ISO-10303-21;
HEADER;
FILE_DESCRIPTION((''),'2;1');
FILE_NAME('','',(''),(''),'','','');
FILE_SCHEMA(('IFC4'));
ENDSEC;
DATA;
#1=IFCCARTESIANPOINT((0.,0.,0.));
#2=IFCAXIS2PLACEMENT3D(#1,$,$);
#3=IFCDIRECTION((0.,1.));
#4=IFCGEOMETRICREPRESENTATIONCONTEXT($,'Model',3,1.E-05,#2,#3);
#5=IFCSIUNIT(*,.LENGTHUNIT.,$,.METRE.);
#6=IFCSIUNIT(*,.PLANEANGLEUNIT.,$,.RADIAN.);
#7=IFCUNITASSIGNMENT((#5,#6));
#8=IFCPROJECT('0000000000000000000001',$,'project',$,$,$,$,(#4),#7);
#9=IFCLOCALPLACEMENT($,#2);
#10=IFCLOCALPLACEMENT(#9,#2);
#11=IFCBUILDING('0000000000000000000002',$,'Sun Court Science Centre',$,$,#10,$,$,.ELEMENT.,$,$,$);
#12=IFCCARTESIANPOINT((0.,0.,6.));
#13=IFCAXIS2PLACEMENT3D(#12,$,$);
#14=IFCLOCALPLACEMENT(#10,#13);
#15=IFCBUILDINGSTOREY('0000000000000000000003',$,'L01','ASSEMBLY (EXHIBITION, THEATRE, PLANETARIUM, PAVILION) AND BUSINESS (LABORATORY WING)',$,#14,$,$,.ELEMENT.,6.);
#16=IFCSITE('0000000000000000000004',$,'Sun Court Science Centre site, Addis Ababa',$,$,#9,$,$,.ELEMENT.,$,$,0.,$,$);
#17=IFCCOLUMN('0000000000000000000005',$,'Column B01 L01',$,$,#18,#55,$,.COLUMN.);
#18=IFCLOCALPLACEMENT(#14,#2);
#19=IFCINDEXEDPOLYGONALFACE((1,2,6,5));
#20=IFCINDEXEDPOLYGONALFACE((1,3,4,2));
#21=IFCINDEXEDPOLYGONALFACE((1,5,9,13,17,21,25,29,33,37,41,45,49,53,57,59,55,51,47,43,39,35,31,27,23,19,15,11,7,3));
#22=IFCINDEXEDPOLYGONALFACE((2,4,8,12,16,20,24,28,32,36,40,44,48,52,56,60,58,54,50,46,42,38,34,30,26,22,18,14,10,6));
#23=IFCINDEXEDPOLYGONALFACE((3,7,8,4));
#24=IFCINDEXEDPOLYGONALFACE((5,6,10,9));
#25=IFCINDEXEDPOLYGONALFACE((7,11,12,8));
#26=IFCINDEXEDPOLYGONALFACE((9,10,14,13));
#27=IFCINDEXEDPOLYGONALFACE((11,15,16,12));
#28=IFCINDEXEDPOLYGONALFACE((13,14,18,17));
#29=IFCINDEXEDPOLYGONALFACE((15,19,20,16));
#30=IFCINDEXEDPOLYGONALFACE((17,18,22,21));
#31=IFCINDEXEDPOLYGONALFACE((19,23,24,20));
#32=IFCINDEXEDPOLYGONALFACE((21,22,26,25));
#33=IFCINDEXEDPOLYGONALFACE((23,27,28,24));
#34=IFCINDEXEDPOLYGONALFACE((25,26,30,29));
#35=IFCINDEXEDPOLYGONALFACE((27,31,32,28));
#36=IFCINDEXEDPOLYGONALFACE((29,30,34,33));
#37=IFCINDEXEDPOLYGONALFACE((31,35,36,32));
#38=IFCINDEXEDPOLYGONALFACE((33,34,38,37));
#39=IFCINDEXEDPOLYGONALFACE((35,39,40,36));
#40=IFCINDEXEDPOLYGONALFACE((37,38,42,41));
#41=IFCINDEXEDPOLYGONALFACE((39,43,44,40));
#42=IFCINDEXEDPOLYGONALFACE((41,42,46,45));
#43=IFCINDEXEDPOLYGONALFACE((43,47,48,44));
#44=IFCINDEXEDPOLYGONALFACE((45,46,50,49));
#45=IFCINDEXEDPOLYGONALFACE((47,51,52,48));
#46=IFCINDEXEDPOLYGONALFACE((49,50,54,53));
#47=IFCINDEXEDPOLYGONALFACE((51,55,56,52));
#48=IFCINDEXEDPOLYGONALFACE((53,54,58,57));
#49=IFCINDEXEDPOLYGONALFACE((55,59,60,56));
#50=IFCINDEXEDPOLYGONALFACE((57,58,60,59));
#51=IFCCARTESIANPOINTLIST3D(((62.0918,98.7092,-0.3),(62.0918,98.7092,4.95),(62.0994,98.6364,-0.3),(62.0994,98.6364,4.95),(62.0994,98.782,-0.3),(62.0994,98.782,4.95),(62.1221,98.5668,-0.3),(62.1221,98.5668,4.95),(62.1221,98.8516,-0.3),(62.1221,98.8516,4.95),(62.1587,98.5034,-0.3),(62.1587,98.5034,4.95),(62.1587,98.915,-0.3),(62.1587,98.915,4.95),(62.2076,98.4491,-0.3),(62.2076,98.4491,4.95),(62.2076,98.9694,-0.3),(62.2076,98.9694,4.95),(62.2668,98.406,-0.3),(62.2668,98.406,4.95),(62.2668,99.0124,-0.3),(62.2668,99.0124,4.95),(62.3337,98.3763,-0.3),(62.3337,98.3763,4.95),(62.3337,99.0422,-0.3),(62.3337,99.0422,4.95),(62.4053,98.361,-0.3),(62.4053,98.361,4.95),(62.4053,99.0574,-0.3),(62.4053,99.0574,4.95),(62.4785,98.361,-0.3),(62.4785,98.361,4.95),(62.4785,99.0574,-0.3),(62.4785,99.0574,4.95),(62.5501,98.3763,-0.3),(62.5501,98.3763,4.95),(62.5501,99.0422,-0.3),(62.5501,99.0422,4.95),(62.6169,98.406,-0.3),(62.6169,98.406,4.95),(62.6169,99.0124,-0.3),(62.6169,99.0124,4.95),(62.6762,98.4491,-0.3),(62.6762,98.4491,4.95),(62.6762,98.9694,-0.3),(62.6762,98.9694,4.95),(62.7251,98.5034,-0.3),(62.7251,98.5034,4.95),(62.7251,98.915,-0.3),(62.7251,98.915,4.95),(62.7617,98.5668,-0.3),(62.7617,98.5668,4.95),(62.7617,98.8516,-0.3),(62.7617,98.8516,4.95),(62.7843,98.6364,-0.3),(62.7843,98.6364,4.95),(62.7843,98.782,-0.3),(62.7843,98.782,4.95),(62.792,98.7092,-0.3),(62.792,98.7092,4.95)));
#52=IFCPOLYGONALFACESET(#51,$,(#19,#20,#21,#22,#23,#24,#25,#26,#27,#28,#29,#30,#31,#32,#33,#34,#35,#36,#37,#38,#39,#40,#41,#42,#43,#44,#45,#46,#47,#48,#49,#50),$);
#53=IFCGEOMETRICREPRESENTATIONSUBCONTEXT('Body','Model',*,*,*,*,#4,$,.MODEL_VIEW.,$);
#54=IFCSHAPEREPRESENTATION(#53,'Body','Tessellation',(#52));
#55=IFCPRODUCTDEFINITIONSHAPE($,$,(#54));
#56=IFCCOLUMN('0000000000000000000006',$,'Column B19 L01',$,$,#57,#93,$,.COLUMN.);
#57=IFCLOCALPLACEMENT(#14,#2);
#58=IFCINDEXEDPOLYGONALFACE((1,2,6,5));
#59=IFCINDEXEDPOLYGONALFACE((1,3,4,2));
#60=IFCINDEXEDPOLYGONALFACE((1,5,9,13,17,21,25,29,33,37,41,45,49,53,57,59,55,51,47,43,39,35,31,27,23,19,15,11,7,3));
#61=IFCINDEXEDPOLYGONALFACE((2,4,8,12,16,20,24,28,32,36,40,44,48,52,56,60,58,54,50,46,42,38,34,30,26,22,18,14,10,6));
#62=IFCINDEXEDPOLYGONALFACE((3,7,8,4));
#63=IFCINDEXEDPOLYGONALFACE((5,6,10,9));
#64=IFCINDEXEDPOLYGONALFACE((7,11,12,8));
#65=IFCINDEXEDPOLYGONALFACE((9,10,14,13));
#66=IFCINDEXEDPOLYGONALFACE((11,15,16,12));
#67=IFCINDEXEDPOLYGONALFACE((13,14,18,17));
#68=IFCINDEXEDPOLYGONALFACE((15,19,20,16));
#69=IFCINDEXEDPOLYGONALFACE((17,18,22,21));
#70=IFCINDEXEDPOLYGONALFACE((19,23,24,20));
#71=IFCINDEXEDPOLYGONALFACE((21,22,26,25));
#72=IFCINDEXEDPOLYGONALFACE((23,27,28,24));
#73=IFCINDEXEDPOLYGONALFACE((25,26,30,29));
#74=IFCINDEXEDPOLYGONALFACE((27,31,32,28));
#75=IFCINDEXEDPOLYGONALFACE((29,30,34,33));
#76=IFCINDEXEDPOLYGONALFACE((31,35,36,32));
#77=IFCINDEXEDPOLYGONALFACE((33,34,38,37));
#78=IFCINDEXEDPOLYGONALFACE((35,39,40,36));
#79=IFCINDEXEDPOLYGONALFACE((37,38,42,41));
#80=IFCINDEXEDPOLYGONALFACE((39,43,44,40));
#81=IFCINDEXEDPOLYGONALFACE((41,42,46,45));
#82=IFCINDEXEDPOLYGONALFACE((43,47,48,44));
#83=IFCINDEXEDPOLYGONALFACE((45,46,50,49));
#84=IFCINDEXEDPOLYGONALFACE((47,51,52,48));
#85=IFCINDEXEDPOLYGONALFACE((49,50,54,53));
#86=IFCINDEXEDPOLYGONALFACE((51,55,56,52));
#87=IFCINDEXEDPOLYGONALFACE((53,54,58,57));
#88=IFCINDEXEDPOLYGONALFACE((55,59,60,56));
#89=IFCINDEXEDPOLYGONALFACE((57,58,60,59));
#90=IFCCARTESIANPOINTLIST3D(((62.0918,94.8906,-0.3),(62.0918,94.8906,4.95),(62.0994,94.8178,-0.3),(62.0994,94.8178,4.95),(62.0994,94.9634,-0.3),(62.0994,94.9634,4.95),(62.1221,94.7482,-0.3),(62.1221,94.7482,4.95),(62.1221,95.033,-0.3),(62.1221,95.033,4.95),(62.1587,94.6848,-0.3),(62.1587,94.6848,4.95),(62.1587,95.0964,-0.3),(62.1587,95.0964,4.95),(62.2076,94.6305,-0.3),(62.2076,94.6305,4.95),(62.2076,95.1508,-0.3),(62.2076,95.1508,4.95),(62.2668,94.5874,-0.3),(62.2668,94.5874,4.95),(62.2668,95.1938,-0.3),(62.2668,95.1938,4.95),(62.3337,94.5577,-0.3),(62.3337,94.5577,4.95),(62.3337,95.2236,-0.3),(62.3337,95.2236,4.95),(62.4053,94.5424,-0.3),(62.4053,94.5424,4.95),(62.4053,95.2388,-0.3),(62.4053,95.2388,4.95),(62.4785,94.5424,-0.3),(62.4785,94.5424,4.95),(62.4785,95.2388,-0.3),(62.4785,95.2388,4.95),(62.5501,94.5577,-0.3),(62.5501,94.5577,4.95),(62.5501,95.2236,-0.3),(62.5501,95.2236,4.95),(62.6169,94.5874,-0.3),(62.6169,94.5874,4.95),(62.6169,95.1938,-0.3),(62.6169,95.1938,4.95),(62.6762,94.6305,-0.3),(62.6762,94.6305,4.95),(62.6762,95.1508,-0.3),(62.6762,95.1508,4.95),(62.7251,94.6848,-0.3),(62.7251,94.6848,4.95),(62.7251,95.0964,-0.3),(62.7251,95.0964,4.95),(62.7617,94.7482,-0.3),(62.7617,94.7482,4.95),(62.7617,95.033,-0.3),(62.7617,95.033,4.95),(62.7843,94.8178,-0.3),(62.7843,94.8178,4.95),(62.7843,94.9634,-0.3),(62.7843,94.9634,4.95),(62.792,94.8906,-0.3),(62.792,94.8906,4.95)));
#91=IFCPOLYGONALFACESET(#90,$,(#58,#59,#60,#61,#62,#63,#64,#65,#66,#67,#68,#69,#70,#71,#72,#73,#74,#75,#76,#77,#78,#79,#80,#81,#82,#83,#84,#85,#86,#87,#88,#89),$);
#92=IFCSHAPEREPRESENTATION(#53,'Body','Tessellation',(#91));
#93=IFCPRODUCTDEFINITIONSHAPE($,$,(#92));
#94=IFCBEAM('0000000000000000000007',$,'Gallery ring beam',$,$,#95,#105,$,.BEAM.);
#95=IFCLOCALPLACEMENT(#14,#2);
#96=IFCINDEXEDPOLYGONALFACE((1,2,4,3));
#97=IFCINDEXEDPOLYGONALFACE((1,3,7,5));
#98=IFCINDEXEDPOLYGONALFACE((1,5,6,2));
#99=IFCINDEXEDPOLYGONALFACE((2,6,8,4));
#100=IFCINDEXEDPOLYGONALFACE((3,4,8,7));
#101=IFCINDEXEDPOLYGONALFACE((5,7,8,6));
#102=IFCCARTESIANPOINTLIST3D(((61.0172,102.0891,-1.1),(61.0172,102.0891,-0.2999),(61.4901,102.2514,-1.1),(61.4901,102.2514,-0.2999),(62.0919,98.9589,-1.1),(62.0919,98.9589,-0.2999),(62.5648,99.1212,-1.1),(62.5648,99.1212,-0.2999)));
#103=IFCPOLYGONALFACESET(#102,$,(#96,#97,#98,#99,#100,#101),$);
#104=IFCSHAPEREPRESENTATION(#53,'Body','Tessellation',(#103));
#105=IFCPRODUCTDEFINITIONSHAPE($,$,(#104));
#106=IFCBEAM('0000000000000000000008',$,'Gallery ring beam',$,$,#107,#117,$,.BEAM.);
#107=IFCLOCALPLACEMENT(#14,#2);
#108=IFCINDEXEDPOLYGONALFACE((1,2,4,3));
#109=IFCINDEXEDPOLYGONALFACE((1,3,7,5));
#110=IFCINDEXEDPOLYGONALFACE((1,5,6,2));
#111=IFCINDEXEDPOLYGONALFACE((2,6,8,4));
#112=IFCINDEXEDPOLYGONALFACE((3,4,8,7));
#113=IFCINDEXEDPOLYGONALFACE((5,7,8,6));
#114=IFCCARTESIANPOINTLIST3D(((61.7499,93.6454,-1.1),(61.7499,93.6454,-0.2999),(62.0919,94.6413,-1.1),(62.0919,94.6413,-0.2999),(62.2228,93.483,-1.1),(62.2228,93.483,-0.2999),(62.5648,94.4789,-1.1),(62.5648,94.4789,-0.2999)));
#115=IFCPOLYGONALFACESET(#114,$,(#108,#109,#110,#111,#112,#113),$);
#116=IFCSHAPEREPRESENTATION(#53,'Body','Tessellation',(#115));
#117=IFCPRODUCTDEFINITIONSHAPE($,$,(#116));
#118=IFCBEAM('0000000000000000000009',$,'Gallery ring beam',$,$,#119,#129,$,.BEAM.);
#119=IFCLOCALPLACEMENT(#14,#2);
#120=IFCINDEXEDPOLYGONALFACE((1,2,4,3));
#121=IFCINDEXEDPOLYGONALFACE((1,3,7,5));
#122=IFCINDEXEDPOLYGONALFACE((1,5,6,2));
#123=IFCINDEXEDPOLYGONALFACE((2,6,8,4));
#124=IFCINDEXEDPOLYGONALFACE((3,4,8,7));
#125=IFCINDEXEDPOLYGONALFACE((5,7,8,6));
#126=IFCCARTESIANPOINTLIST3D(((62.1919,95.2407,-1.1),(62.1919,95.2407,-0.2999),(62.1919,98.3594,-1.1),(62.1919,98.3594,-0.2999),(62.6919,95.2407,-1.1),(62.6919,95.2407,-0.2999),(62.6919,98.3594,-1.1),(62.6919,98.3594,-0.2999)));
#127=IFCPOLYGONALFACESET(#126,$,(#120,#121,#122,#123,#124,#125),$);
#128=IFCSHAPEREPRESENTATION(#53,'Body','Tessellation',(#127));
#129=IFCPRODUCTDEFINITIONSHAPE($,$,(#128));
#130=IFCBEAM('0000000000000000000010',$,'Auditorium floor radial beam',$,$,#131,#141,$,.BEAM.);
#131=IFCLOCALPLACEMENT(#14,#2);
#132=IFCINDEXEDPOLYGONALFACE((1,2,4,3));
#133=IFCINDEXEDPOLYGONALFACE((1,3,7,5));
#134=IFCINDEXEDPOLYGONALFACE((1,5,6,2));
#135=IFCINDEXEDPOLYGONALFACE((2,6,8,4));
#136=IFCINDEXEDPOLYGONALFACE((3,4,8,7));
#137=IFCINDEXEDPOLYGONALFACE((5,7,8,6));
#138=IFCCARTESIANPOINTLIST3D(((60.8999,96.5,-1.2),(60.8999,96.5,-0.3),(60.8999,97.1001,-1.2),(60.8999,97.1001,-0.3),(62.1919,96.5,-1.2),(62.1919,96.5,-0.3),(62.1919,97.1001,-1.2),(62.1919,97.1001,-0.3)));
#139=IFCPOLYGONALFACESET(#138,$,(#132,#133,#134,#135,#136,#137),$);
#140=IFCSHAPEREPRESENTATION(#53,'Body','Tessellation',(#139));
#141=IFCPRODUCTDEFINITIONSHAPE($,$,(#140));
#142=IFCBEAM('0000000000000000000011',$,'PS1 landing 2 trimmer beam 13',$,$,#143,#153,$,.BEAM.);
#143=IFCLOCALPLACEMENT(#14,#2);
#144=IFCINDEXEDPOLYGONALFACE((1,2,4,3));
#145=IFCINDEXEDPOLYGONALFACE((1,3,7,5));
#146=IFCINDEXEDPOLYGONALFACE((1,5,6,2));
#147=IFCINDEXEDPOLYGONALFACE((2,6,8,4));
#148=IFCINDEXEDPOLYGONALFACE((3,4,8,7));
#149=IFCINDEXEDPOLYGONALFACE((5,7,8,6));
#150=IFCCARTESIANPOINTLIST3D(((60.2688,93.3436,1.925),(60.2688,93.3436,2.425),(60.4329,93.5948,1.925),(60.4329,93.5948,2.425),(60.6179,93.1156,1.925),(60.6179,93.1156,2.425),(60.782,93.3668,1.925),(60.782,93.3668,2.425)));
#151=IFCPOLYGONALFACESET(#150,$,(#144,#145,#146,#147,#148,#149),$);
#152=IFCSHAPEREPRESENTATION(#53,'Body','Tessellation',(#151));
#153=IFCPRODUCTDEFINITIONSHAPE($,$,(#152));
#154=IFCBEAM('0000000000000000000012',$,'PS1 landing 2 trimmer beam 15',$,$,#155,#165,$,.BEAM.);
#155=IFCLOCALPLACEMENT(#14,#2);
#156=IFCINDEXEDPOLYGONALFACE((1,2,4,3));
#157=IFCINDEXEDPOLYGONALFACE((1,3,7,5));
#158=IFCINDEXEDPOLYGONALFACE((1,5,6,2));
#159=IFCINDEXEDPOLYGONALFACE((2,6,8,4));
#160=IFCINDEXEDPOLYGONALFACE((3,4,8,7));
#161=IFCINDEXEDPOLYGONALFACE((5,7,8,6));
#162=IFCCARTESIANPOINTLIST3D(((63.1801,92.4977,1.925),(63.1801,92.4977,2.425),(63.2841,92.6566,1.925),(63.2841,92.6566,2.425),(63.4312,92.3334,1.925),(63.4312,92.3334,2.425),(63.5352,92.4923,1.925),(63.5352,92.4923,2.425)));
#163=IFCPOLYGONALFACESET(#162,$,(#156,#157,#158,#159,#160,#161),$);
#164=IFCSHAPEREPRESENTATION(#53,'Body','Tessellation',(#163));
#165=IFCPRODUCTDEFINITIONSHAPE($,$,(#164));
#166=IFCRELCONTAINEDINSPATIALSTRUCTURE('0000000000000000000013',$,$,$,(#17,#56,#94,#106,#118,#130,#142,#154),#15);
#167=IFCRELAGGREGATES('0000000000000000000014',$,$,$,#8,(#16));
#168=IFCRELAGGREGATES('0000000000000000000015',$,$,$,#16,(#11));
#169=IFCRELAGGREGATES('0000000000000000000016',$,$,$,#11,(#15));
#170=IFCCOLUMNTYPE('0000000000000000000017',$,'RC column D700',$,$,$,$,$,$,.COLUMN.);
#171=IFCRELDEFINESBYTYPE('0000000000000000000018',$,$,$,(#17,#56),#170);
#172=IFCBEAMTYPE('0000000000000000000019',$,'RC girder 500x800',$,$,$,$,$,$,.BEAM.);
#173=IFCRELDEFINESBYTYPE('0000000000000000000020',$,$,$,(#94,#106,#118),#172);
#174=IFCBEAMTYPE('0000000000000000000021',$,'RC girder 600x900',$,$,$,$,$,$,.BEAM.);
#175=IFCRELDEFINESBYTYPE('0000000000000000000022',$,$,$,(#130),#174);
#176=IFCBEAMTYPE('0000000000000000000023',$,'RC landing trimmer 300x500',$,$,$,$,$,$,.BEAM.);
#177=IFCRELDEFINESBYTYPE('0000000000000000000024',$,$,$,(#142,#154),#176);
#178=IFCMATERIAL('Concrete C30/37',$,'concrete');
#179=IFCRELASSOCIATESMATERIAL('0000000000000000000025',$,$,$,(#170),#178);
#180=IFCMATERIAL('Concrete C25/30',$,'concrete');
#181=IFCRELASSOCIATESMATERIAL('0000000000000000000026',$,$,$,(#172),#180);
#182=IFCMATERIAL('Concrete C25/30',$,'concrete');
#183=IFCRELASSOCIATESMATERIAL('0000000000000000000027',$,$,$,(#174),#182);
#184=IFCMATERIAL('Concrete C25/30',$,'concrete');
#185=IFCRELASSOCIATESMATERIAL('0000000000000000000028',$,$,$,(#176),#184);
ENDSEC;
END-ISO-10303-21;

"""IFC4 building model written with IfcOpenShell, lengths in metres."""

from ifc_helpers import new_model, si_unit, direction, frame, origin, origin_2d, place, context, subcontext, project, spatial, rectangle, circle, extrude, material, material_profile, profile_set, type_object, element, save


model = new_model("IFC4")

# Units and contexts
model_context = context("Model", 3, precision=1e-05, world=origin(), true_north=direction((0.0, 1.0)))
body_context = subcontext(model_context, "Body", "Model", "MODEL_VIEW")
ifc_project = project(units=[si_unit("LENGTHUNIT", "METRE"), si_unit("PLANEANGLEUNIT", "RADIAN")], contexts=[model_context])

# Site, building, storey
site_placement = place(None, origin())
site = spatial("IfcSite", under=ifc_project, at=site_placement, Name="Sun Court Science Centre site, Addis Ababa", CompositionType="ELEMENT", RefElevation=0.0)
building_placement = place(site_placement, origin())
building = spatial("IfcBuilding", under=site, at=building_placement, Name="Sun Court Science Centre", CompositionType="ELEMENT")
storey_placement = place(building_placement, frame((0.0, 0.0, 6.0)))
storey = spatial("IfcBuildingStorey", under=building, at=storey_placement, Name="L01", Description="ASSEMBLY (EXHIBITION, THEATRE, PLANETARIUM, PAVILION) AND BUSINESS (LABORATORY WING)", CompositionType="ELEMENT", Elevation=6.0)

# Columns
ifc_material_1 = material(Name="Concrete C30/37", Category="concrete")
ifc_material_profile_1 = material_profile(ifc_material_1, circle(Radius=0.3501, at=origin_2d()), Name="RC D700")
ifc_profile_set_1 = profile_set([ifc_material_profile_1], Name="Concrete C30/37")
column_type = type_object("IfcColumnType", Name="RC column D700", PredefinedType="COLUMN", material=ifc_profile_set_1)
for number, where, z_axis, x_axis, name in (
    (1, (62.4419, 98.7092, -0.3), (0.0, 0.0, 1.0), (1.0, 0.0, 0.0), "Column B01 L01"),
    (2, (62.4419, 94.8906, -0.3), (0.0, 0.0, 1.0), (1.0, 0.0, 0.0), "Column B19 L01"),
):
    element("IfcColumn", number, at=place(storey_placement, frame(where, z_axis=z_axis, x_axis=x_axis)), inside=storey, type_object=column_type, Name=name, PredefinedType="COLUMN", context=body_context, shape_type="SweptSolid", body=[
        extrude(circle(Radius=0.3501, at=origin_2d()), origin(), (0.0, 0.0, 1.0), 5.25),
    ])

# Beams
ifc_material_2 = material(Name="Concrete C25/30", Category="concrete")
ifc_material_profile_2 = material_profile(ifc_material_2, rectangle(XDim=0.5, YDim=0.8, at=origin_2d()), Name="RC 500x800")
ifc_profile_set_2 = profile_set([ifc_material_profile_2], Name="Concrete C25/30")
beam_type_1 = type_object("IfcBeamType", Name="RC girder 500x800", PredefinedType="BEAM", material=ifc_profile_set_2)
beam_1_placement = place(storey_placement, frame((62.3284, 99.04, -0.7), z_axis=(-0.324735, 0.945805, 0.0), x_axis=(-0.945805, -0.324735, 0.0)))
element("IfcBeam", 3, at=beam_1_placement, inside=storey, type_object=beam_type_1, Name="Gallery ring beam", PredefinedType="BEAM", context=body_context, shape_type="SweptSolid", body=[
    extrude(rectangle(XDim=0.5, YDim=0.8, at=origin_2d()), origin(), (0.0, 0.0, 1.0), 3.3096),
])
beam_2_placement = place(storey_placement, frame((61.9863, 93.5642, -0.7), z_axis=(0.32484, 0.945769, 0.0), x_axis=(-0.945769, 0.32484, 0.0)))
element("IfcBeam", 4, at=beam_2_placement, inside=storey, type_object=beam_type_1, Name="Gallery ring beam", PredefinedType="BEAM", context=body_context, shape_type="SweptSolid", body=[
    extrude(rectangle(XDim=0.5, YDim=0.8, at=origin_2d()), origin(), (0.0, 0.0, 1.0), 1.053),
])
beam_3_placement = place(storey_placement, frame((62.4419, 95.2407, -0.7), z_axis=(0.0, 1.0, 0.0), x_axis=(-1.0, 0.0, 0.0)))
element("IfcBeam", 5, at=beam_3_placement, inside=storey, type_object=beam_type_1, Name="Gallery ring beam", PredefinedType="BEAM", context=body_context, shape_type="SweptSolid", body=[
    extrude(rectangle(XDim=0.5, YDim=0.8, at=origin_2d()), origin(), (0.0, 0.0, 1.0), 3.1187),
])
ifc_material_3 = material(Name="Concrete C25/30", Category="concrete")
ifc_material_profile_3 = material_profile(ifc_material_3, rectangle(XDim=0.6001, YDim=0.8999, at=origin_2d()), Name="RC 600x900")
ifc_profile_set_3 = profile_set([ifc_material_profile_3], Name="Concrete C25/30")
beam_type_2 = type_object("IfcBeamType", Name="RC girder 600x900", PredefinedType="BEAM", material=ifc_profile_set_3)
beam_4_placement = place(storey_placement, frame((60.8999, 96.8, -0.75), z_axis=(1.0, 0.0, 0.0), x_axis=(0.0, 1.0, 0.0)))
element("IfcBeam", 6, at=beam_4_placement, inside=storey, type_object=beam_type_2, Name="Auditorium floor radial beam", PredefinedType="BEAM", context=body_context, shape_type="SweptSolid", body=[
    extrude(rectangle(XDim=0.6001, YDim=0.8999, at=origin_2d()), origin(), (0.0, 0.0, 1.0), 1.292),
])
ifc_material_4 = material(Name="Concrete C25/30", Category="concrete")
ifc_material_profile_4 = material_profile(ifc_material_4, rectangle(XDim=0.3, YDim=0.5, at=origin_2d()), Name="RC 300x500")
ifc_profile_set_4 = profile_set([ifc_material_profile_4], Name="Concrete C25/30")
beam_type_3 = type_object("IfcBeamType", Name="RC landing trimmer 300x500", PredefinedType="BEAM", material=ifc_profile_set_4)
beam_5_placement = place(storey_placement, frame((60.3508, 93.4692, 2.175), z_axis=(0.837238, -0.546839, 0.0), x_axis=(0.546839, 0.837238, 0.0)))
element("IfcBeam", 7, at=beam_5_placement, inside=storey, type_object=beam_type_3, Name="PS1 landing 2 trimmer beam 13", PredefinedType="BEAM", context=body_context, shape_type="SweptSolid", body=[
    extrude(rectangle(XDim=0.3, YDim=0.5, at=origin_2d()), origin(), (0.0, 0.0, 1.0), 0.417),
])
beam_6_placement = place(storey_placement, frame((63.4097, 92.5745, 2.175), z_axis=(-0.547561, -0.836766, 0.0), x_axis=(0.836766, -0.547561, 0.0)))
element("IfcBeam", 8, at=beam_6_placement, inside=storey, type_object=beam_type_3, Name="PS1 landing 2 trimmer beam 15", PredefinedType="BEAM", context=body_context, shape_type="SweptSolid", body=[
    extrude(rectangle(XDim=0.3, YDim=0.5, at=origin_2d()), origin(), (0.0, 0.0, 1.0), 0.1899),
])

save(model, "model.ifc")
